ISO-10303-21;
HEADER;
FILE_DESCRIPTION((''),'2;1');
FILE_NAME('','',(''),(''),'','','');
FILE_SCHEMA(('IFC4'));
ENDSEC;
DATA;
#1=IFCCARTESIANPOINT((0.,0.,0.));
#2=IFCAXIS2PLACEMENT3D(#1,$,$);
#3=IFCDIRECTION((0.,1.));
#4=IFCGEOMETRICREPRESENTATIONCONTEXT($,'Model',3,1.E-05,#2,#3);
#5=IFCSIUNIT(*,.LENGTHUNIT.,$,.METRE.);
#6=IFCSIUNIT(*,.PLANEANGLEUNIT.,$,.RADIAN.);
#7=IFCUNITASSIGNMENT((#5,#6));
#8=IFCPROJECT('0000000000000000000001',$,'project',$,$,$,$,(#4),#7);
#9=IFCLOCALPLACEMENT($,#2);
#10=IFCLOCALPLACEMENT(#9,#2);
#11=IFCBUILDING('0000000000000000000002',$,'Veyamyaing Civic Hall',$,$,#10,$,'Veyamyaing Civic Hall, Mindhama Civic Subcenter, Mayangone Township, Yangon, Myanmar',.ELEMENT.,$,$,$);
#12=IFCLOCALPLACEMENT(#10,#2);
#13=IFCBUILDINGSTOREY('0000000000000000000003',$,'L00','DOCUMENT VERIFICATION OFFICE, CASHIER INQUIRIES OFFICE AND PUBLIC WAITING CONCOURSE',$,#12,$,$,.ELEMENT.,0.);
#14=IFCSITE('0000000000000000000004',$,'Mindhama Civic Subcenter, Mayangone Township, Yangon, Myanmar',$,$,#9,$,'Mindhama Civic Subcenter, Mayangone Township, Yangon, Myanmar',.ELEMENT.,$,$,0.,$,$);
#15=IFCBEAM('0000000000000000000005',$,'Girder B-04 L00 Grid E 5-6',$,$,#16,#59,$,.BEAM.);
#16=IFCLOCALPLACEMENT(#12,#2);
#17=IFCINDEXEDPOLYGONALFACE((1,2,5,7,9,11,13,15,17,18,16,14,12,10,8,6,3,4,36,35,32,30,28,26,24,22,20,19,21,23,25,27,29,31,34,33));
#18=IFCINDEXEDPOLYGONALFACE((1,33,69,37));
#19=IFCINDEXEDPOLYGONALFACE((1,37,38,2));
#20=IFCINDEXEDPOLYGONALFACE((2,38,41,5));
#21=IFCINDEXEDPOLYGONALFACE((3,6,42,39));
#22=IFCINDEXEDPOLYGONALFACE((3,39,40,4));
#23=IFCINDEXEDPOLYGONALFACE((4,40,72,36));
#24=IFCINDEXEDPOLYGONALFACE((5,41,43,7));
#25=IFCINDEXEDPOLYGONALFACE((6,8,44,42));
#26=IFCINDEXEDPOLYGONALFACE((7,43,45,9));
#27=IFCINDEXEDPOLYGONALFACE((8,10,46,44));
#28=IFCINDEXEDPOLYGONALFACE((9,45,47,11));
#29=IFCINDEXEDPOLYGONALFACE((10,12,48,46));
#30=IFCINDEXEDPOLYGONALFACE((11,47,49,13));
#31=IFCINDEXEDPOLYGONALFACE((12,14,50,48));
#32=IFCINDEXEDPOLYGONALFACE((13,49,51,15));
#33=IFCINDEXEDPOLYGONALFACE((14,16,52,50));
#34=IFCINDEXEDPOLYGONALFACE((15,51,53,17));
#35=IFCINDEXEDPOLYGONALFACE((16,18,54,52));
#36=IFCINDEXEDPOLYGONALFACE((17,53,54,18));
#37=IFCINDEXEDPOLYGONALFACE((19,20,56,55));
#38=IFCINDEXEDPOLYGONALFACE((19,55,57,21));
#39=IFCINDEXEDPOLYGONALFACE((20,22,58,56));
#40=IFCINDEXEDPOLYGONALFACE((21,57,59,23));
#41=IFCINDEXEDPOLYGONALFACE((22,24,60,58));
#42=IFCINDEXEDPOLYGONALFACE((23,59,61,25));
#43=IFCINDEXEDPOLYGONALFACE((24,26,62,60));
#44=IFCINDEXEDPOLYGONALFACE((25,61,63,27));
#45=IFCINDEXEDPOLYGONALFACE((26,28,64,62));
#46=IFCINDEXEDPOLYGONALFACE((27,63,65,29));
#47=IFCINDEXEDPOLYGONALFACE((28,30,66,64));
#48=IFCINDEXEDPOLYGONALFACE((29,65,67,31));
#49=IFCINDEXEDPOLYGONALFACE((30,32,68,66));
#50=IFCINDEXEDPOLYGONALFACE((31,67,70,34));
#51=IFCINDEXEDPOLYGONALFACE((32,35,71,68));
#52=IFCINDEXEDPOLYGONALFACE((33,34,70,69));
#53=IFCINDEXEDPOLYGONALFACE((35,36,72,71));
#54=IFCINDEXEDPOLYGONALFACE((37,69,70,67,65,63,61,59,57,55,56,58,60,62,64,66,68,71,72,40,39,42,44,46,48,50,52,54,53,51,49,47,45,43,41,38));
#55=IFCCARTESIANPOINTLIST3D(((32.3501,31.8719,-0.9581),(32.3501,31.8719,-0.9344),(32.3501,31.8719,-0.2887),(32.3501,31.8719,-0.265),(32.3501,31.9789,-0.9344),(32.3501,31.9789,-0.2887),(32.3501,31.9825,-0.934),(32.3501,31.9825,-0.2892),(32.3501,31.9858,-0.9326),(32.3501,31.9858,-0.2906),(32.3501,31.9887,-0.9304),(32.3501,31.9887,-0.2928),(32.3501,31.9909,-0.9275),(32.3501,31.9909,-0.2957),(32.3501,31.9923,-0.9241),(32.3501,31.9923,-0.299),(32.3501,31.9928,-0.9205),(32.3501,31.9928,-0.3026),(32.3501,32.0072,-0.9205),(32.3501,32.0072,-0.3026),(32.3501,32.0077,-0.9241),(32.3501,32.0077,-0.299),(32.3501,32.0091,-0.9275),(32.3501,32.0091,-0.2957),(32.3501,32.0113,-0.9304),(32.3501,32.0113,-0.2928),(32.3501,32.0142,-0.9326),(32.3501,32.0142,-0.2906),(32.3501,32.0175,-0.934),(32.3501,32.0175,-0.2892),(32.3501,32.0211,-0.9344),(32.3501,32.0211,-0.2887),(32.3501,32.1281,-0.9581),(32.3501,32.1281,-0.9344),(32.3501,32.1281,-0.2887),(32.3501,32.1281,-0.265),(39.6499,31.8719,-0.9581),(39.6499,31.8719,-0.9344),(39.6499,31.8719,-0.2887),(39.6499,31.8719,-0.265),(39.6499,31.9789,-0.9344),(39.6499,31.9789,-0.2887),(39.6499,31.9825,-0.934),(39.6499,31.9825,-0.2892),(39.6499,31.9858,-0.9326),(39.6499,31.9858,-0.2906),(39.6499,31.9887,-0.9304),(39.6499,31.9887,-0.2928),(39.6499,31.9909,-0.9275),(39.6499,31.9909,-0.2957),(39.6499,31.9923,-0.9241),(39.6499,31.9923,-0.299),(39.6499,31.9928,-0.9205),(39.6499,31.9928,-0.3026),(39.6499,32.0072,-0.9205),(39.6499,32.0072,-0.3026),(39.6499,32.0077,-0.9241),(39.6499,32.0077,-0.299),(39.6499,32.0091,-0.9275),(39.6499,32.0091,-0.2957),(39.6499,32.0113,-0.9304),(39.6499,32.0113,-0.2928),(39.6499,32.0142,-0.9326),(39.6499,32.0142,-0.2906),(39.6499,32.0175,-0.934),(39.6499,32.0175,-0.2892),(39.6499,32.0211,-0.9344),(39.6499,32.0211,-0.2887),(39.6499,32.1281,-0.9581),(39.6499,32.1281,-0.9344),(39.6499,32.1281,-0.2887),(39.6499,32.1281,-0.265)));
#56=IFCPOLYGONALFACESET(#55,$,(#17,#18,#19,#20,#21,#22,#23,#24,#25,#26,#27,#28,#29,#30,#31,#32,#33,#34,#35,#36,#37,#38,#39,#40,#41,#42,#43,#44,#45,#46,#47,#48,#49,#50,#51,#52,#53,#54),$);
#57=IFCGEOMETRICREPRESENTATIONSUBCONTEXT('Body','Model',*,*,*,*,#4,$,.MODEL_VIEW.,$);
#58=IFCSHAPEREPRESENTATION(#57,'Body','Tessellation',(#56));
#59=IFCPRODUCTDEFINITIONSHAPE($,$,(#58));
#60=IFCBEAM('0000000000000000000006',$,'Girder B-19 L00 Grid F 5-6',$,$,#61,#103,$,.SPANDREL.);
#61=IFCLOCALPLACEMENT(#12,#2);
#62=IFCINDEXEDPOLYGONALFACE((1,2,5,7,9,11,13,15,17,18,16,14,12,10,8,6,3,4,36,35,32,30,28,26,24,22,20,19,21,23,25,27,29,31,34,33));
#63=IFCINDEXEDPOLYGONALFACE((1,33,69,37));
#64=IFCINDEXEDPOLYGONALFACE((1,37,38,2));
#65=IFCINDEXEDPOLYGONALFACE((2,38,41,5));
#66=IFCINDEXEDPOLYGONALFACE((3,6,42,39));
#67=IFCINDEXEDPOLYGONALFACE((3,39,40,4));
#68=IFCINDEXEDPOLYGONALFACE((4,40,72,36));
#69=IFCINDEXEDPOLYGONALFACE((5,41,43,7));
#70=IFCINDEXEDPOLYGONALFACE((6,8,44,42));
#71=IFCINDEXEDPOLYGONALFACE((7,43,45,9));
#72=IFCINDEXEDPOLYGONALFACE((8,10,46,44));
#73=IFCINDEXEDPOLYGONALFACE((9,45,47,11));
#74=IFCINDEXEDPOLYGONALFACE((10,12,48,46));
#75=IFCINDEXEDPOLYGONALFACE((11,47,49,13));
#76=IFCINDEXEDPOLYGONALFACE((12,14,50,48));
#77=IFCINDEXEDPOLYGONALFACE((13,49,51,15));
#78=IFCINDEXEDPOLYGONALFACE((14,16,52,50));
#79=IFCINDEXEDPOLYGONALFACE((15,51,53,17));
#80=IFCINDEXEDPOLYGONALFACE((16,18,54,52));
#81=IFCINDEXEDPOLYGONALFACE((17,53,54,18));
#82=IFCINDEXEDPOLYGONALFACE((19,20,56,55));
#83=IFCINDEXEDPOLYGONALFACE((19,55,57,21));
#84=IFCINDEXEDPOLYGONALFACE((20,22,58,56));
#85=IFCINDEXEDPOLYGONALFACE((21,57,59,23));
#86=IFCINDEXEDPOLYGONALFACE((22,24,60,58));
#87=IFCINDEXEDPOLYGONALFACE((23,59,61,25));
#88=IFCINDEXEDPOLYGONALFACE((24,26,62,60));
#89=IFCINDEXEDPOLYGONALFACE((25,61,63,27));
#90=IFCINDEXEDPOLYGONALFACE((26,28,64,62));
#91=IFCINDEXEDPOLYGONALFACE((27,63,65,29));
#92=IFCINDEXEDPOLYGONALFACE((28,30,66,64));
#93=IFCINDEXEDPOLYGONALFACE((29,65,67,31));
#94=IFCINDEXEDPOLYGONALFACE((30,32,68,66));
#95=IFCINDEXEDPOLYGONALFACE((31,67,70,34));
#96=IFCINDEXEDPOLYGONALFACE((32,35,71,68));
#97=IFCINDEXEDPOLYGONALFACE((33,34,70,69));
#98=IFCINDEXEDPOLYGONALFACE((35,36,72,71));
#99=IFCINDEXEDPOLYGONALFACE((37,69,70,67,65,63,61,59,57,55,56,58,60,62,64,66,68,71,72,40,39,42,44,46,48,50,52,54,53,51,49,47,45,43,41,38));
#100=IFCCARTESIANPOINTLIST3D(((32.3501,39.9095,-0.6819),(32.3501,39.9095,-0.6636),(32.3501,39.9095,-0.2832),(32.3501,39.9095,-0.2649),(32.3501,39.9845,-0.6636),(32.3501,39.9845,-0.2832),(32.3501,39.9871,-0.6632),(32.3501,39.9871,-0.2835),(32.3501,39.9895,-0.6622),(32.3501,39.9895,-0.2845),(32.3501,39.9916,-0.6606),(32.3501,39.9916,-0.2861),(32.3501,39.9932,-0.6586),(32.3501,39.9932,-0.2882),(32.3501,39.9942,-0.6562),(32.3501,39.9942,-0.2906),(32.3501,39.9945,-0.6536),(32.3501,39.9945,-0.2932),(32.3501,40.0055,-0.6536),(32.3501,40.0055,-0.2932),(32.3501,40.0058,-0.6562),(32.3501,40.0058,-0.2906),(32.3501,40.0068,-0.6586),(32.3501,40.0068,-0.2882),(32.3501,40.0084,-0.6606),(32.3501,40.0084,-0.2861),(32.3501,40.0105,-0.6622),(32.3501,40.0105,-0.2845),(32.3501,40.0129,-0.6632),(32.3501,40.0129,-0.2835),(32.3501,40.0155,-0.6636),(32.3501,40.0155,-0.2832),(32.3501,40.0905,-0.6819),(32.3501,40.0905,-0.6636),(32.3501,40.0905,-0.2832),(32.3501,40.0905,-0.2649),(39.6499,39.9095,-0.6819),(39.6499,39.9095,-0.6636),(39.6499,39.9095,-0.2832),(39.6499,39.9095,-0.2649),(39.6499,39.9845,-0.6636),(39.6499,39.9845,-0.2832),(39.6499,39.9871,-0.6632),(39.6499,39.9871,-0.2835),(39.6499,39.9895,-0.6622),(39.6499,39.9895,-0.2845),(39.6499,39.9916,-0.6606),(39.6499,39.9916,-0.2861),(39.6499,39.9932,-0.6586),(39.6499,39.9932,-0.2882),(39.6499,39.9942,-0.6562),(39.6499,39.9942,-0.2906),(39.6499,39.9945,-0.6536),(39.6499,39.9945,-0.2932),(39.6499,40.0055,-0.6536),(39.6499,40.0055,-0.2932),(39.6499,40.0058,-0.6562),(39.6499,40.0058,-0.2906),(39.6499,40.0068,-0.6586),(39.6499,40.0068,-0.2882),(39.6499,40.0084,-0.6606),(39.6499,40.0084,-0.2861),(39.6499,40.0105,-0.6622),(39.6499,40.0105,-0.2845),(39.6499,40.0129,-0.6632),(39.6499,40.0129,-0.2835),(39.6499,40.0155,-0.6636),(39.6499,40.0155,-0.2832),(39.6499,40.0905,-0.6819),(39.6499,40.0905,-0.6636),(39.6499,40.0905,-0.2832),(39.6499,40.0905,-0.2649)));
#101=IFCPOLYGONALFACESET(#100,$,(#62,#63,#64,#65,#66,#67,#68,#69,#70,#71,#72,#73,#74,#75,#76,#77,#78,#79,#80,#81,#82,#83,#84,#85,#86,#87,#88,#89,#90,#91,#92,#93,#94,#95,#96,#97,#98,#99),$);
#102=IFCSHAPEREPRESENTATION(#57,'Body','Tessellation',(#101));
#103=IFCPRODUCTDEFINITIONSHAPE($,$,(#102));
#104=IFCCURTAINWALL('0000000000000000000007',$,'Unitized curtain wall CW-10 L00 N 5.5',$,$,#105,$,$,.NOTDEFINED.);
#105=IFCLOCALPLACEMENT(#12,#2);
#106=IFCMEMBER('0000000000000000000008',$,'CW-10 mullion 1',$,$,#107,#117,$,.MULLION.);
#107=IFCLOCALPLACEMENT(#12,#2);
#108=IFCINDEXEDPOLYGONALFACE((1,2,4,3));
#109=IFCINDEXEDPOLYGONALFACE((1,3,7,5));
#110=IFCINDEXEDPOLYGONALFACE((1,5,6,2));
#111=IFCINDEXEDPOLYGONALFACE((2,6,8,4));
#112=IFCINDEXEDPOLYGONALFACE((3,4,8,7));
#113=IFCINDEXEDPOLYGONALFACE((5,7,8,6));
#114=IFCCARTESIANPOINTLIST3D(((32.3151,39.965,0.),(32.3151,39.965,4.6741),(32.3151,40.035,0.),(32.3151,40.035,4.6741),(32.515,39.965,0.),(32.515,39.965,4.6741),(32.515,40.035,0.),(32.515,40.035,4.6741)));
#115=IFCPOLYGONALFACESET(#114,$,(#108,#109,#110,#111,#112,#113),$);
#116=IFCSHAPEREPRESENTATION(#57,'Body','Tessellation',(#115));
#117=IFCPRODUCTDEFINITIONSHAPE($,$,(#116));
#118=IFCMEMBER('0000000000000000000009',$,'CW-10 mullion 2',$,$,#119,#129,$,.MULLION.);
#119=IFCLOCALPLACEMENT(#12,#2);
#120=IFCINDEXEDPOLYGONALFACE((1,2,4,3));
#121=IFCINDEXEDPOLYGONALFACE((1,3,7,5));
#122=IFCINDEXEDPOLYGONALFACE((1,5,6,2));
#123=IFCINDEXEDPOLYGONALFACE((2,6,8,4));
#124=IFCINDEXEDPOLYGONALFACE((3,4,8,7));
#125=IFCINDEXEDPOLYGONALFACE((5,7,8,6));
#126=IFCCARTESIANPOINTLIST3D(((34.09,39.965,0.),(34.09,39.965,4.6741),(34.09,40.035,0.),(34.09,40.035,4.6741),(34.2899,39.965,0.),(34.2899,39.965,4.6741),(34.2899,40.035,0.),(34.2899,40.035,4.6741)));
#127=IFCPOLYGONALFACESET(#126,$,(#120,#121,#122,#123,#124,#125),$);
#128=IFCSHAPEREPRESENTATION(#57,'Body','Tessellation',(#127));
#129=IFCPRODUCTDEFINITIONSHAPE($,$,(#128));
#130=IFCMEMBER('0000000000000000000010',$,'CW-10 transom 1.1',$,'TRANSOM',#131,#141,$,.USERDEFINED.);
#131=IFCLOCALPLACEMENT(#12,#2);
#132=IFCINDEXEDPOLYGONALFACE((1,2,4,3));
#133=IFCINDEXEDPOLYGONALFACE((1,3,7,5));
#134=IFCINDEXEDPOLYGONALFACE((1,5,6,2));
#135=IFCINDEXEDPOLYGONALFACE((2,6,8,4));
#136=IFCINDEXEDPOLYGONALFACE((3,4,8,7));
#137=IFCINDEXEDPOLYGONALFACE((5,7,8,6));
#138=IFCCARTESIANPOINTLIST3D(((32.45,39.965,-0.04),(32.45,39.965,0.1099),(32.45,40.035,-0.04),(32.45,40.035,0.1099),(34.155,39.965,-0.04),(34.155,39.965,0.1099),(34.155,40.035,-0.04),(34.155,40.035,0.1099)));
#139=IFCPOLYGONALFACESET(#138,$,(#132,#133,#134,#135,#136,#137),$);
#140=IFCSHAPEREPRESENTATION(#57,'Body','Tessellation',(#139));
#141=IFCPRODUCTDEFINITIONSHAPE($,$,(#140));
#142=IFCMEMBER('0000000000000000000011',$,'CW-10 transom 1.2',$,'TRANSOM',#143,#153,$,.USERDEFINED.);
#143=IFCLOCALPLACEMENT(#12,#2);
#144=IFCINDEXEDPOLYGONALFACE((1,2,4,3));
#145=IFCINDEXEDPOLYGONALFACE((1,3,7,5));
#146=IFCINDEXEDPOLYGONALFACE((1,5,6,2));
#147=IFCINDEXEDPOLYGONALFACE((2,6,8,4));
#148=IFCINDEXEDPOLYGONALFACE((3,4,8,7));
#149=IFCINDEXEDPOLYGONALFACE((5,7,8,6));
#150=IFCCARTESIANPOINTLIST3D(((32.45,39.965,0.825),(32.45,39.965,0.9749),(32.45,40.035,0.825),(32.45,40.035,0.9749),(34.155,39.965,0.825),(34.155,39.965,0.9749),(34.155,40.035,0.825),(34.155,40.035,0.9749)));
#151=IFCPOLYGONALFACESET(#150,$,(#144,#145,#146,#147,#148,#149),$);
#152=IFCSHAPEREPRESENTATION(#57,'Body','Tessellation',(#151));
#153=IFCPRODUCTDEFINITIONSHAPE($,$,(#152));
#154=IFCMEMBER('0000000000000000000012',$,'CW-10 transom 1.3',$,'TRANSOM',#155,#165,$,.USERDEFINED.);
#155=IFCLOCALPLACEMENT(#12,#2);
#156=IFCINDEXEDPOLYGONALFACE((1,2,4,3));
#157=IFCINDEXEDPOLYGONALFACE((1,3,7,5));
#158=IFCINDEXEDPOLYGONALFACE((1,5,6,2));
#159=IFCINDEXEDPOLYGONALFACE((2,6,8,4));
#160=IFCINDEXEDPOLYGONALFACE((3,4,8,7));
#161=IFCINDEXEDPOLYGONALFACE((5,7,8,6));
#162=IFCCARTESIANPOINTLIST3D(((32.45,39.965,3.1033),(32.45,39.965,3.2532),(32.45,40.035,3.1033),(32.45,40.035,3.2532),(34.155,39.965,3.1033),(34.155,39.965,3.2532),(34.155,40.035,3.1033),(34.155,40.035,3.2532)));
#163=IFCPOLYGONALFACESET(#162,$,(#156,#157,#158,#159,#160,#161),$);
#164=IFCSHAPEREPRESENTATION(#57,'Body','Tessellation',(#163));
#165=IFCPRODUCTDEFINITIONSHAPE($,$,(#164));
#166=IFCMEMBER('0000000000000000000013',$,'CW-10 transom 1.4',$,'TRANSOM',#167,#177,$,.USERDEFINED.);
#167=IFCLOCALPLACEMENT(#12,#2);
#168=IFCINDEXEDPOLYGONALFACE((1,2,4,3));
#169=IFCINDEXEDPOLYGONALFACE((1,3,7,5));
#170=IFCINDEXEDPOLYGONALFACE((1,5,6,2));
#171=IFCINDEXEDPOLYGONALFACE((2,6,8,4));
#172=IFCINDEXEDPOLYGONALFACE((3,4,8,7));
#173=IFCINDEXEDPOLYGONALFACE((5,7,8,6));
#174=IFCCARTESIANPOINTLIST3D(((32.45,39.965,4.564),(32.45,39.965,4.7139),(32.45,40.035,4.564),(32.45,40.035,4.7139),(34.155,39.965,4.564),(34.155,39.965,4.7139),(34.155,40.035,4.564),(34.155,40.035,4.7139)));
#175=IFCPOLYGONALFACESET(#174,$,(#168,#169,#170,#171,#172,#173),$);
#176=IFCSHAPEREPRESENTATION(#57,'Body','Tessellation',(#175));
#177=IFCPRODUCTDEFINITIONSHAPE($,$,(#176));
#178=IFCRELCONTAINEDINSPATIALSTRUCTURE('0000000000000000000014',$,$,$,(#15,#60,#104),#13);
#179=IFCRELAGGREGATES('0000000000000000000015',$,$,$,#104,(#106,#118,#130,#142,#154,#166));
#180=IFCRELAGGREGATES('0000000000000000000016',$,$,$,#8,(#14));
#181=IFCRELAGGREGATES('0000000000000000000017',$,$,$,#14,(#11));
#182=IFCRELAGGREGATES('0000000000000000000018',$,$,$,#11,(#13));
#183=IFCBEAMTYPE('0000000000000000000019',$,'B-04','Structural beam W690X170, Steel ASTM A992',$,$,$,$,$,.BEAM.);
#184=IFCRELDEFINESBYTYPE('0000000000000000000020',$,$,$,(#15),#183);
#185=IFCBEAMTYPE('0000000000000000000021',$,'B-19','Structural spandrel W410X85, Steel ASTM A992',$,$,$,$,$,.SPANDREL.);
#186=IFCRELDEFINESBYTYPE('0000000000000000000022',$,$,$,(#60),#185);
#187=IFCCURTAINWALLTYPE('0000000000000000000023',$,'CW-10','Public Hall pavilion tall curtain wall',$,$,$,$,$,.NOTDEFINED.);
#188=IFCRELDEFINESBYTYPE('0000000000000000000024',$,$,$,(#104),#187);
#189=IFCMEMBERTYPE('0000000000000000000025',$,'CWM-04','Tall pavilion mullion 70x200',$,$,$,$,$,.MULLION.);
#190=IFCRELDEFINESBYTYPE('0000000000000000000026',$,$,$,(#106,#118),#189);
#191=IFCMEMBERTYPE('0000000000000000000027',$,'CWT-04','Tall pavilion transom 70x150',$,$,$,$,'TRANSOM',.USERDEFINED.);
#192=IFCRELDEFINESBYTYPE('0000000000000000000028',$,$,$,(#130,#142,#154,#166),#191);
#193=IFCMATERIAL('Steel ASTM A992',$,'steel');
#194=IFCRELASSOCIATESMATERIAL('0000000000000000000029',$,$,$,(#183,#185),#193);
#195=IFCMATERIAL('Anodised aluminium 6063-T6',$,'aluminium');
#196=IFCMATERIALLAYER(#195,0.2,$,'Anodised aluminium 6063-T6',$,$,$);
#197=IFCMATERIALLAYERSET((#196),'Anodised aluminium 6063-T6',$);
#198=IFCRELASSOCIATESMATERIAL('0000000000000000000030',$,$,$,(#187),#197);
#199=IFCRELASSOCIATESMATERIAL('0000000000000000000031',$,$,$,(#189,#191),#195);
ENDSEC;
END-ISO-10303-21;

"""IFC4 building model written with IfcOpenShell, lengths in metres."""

from ifc_helpers import new_model, si_unit, direction, frame, origin, origin_2d, place, context, subcontext, project, spatial, rectangle, i_section, extrude, material, layer, layer_set, material_profile, profile_set, type_object, element, aggregate, save


model = new_model("IFC4")

# Units and contexts
model_context = context("Model", 3, precision=1e-05, world=origin(), true_north=direction((0.0, 1.0)))
body_context = subcontext(model_context, "Body", "Model", "MODEL_VIEW")
ifc_project = project(units=[si_unit("LENGTHUNIT", "METRE"), si_unit("PLANEANGLEUNIT", "RADIAN")], contexts=[model_context])

# Site, building, storey
site_placement = place(None, origin())
site = spatial("IfcSite", under=ifc_project, at=site_placement, Name="Mindhama Civic Subcenter, Mayangone Township, Yangon, Myanmar", LongName="Mindhama Civic Subcenter, Mayangone Township, Yangon, Myanmar", CompositionType="ELEMENT", RefElevation=0.0)
building_placement = place(site_placement, origin())
building = spatial("IfcBuilding", under=site, at=building_placement, Name="Veyamyaing Civic Hall", LongName="Veyamyaing Civic Hall, Mindhama Civic Subcenter, Mayangone Township, Yangon, Myanmar", CompositionType="ELEMENT")
storey_placement = place(building_placement, origin())
storey = spatial("IfcBuildingStorey", under=building, at=storey_placement, Name="L00", Description="DOCUMENT VERIFICATION OFFICE, CASHIER INQUIRIES OFFICE AND PUBLIC WAITING CONCOURSE", CompositionType="ELEMENT", Elevation=0.0)

# Beams
ifc_material_1 = material(Name="Steel ASTM A992", Category="steel")
ifc_material_profile_1 = material_profile(ifc_material_1, i_section(OverallWidth=0.2561, OverallDepth=0.6931, WebThickness=0.0144, FlangeThickness=0.0237, FilletRadius=0.0139, at=origin_2d()), Name="W690X170")
ifc_profile_set_1 = profile_set([ifc_material_profile_1], Name="Steel ASTM A992")
beam_type_1 = type_object("IfcBeamType", Name="B-04", Description="Structural beam W690X170, Steel ASTM A992", PredefinedType="BEAM", material=ifc_profile_set_1)
beam_1_placement = place(storey_placement, frame((32.3501, 32.0, -0.6116), z_axis=(1.0, 0.0, 0.0), x_axis=(0.0, 1.0, 0.0)))
element("IfcBeam", 1, at=beam_1_placement, inside=storey, type_object=beam_type_1, Name="Girder B-04 L00 Grid E 5-6", PredefinedType="BEAM", context=body_context, shape_type="SweptSolid", body=[
    extrude(i_section(OverallWidth=0.2561, OverallDepth=0.6931, WebThickness=0.0144, FlangeThickness=0.0237, FilletRadius=0.0139, at=origin_2d()), origin(), (0.0, 0.0, 1.0), 7.2998),
])
ifc_material_profile_2 = material_profile(ifc_material_1, i_section(OverallWidth=0.1809, OverallDepth=0.417, WebThickness=0.011, FlangeThickness=0.0183, FilletRadius=0.01, at=origin_2d()), Name="W410X85")
ifc_profile_set_2 = profile_set([ifc_material_profile_2], Name="Steel ASTM A992")
beam_type_2 = type_object("IfcBeamType", Name="B-19", Description="Structural spandrel W410X85, Steel ASTM A992", PredefinedType="SPANDREL", material=ifc_profile_set_2)
beam_2_placement = place(storey_placement, frame((32.3501, 40.0, -0.4734), z_axis=(1.0, 0.0, 0.0), x_axis=(0.0, 1.0, 0.0)))
element("IfcBeam", 2, at=beam_2_placement, inside=storey, type_object=beam_type_2, Name="Girder B-19 L00 Grid F 5-6", PredefinedType="SPANDREL", context=body_context, shape_type="SweptSolid", body=[
    extrude(i_section(OverallWidth=0.1809, OverallDepth=0.417, WebThickness=0.011, FlangeThickness=0.0183, FilletRadius=0.01, at=origin_2d()), origin(), (0.0, 0.0, 1.0), 7.2998),
])

# Curtain wall, members
ifc_material_2 = material(Name="Anodised aluminium 6063-T6", Category="aluminium")
ifc_layer_1 = layer(ifc_material_2, 0.2, Name="Anodised aluminium 6063-T6")
ifc_layer_set_1 = layer_set([ifc_layer_1], Name="Anodised aluminium 6063-T6")
curtain_wall_type = type_object("IfcCurtainWallType", Name="CW-10", Description="Public Hall pavilion tall curtain wall", PredefinedType="NOTDEFINED", material=ifc_layer_set_1)
curtain_wall_placement = place(storey_placement, origin())
curtain_wall = element("IfcCurtainWall", 3, at=curtain_wall_placement, inside=storey, type_object=curtain_wall_type, Name="Unitized curtain wall CW-10 L00 N 5.5", PredefinedType="NOTDEFINED")
ifc_material_profile_3 = material_profile(ifc_material_2, rectangle(XDim=0.0701, YDim=0.2, at=origin_2d()), Name="ALU-MUL-70X200")
ifc_profile_set_3 = profile_set([ifc_material_profile_3], Name="Anodised aluminium 6063-T6")
member_type_1 = type_object("IfcMemberType", Name="CWM-04", Description="Tall pavilion mullion 70x200", PredefinedType="MULLION", material=ifc_profile_set_3)
member_1_placement = place(storey_placement, frame((32.415, 40.0, 0.0), z_axis=(0.0, 0.0, 1.0), x_axis=(0.0, 1.0, 0.0)))
member_1 = element("IfcMember", 4, at=member_1_placement, type_object=member_type_1, Name="CW-10 mullion 1", PredefinedType="MULLION", context=body_context, shape_type="SweptSolid", body=[
    extrude(rectangle(XDim=0.0701, YDim=0.2, at=origin_2d()), origin(), (0.0, 0.0, 1.0), 4.6741),
])
member_2_placement = place(storey_placement, frame((34.1899, 40.0, 0.0), z_axis=(0.0, 0.0, 1.0), x_axis=(0.0, 1.0, 0.0)))
member_2 = element("IfcMember", 5, at=member_2_placement, type_object=member_type_1, Name="CW-10 mullion 2", PredefinedType="MULLION", context=body_context, shape_type="SweptSolid", body=[
    extrude(rectangle(XDim=0.0701, YDim=0.2, at=origin_2d()), origin(), (0.0, 0.0, 1.0), 4.6741),
])
ifc_material_profile_4 = material_profile(ifc_material_2, rectangle(XDim=0.0701, YDim=0.1499, at=origin_2d()), Name="ALU-TRN-70X150")
ifc_profile_set_4 = profile_set([ifc_material_profile_4], Name="Anodised aluminium 6063-T6")
member_type_2 = type_object("IfcMemberType", Name="CWT-04", Description="Tall pavilion transom 70x150", ElementType="TRANSOM", PredefinedType="USERDEFINED", material=ifc_profile_set_4)
member_3_placement = place(storey_placement, frame((32.45, 40.0, 0.0349), z_axis=(1.0, 0.0, 0.0), x_axis=(0.0, 1.0, 0.0)))
member_3 = element("IfcMember", 6, at=member_3_placement, type_object=member_type_2, Name="CW-10 transom 1.1", ObjectType="TRANSOM", PredefinedType="USERDEFINED", context=body_context, shape_type="SweptSolid", body=[
    extrude(rectangle(XDim=0.0701, YDim=0.1499, at=origin_2d()), origin(), (0.0, 0.0, 1.0), 1.7051),
])
member_4_placement = place(storey_placement, frame((32.45, 40.0, 0.8999), z_axis=(1.0, 0.0, 0.0), x_axis=(0.0, 1.0, 0.0)))
member_4 = element("IfcMember", 7, at=member_4_placement, type_object=member_type_2, Name="CW-10 transom 1.2", ObjectType="TRANSOM", PredefinedType="USERDEFINED", context=body_context, shape_type="SweptSolid", body=[
    extrude(rectangle(XDim=0.0701, YDim=0.1499, at=origin_2d()), origin(), (0.0, 0.0, 1.0), 1.7051),
])
member_5_placement = place(storey_placement, frame((32.45, 40.0, 3.1782), z_axis=(1.0, 0.0, 0.0), x_axis=(0.0, 1.0, 0.0)))
member_5 = element("IfcMember", 8, at=member_5_placement, type_object=member_type_2, Name="CW-10 transom 1.3", ObjectType="TRANSOM", PredefinedType="USERDEFINED", context=body_context, shape_type="SweptSolid", body=[
    extrude(rectangle(XDim=0.0701, YDim=0.1499, at=origin_2d()), origin(), (0.0, 0.0, 1.0), 1.7051),
])
member_6_placement = place(storey_placement, frame((32.45, 40.0, 4.6389), z_axis=(1.0, 0.0, 0.0), x_axis=(0.0, 1.0, 0.0)))
member_6 = element("IfcMember", 9, at=member_6_placement, type_object=member_type_2, Name="CW-10 transom 1.4", ObjectType="TRANSOM", PredefinedType="USERDEFINED", context=body_context, shape_type="SweptSolid", body=[
    extrude(rectangle(XDim=0.0701, YDim=0.1499, at=origin_2d()), origin(), (0.0, 0.0, 1.0), 1.7051),
])

aggregate(curtain_wall, [member_1, member_2, member_3, member_4, member_5, member_6])

save(model, "model.ifc")
